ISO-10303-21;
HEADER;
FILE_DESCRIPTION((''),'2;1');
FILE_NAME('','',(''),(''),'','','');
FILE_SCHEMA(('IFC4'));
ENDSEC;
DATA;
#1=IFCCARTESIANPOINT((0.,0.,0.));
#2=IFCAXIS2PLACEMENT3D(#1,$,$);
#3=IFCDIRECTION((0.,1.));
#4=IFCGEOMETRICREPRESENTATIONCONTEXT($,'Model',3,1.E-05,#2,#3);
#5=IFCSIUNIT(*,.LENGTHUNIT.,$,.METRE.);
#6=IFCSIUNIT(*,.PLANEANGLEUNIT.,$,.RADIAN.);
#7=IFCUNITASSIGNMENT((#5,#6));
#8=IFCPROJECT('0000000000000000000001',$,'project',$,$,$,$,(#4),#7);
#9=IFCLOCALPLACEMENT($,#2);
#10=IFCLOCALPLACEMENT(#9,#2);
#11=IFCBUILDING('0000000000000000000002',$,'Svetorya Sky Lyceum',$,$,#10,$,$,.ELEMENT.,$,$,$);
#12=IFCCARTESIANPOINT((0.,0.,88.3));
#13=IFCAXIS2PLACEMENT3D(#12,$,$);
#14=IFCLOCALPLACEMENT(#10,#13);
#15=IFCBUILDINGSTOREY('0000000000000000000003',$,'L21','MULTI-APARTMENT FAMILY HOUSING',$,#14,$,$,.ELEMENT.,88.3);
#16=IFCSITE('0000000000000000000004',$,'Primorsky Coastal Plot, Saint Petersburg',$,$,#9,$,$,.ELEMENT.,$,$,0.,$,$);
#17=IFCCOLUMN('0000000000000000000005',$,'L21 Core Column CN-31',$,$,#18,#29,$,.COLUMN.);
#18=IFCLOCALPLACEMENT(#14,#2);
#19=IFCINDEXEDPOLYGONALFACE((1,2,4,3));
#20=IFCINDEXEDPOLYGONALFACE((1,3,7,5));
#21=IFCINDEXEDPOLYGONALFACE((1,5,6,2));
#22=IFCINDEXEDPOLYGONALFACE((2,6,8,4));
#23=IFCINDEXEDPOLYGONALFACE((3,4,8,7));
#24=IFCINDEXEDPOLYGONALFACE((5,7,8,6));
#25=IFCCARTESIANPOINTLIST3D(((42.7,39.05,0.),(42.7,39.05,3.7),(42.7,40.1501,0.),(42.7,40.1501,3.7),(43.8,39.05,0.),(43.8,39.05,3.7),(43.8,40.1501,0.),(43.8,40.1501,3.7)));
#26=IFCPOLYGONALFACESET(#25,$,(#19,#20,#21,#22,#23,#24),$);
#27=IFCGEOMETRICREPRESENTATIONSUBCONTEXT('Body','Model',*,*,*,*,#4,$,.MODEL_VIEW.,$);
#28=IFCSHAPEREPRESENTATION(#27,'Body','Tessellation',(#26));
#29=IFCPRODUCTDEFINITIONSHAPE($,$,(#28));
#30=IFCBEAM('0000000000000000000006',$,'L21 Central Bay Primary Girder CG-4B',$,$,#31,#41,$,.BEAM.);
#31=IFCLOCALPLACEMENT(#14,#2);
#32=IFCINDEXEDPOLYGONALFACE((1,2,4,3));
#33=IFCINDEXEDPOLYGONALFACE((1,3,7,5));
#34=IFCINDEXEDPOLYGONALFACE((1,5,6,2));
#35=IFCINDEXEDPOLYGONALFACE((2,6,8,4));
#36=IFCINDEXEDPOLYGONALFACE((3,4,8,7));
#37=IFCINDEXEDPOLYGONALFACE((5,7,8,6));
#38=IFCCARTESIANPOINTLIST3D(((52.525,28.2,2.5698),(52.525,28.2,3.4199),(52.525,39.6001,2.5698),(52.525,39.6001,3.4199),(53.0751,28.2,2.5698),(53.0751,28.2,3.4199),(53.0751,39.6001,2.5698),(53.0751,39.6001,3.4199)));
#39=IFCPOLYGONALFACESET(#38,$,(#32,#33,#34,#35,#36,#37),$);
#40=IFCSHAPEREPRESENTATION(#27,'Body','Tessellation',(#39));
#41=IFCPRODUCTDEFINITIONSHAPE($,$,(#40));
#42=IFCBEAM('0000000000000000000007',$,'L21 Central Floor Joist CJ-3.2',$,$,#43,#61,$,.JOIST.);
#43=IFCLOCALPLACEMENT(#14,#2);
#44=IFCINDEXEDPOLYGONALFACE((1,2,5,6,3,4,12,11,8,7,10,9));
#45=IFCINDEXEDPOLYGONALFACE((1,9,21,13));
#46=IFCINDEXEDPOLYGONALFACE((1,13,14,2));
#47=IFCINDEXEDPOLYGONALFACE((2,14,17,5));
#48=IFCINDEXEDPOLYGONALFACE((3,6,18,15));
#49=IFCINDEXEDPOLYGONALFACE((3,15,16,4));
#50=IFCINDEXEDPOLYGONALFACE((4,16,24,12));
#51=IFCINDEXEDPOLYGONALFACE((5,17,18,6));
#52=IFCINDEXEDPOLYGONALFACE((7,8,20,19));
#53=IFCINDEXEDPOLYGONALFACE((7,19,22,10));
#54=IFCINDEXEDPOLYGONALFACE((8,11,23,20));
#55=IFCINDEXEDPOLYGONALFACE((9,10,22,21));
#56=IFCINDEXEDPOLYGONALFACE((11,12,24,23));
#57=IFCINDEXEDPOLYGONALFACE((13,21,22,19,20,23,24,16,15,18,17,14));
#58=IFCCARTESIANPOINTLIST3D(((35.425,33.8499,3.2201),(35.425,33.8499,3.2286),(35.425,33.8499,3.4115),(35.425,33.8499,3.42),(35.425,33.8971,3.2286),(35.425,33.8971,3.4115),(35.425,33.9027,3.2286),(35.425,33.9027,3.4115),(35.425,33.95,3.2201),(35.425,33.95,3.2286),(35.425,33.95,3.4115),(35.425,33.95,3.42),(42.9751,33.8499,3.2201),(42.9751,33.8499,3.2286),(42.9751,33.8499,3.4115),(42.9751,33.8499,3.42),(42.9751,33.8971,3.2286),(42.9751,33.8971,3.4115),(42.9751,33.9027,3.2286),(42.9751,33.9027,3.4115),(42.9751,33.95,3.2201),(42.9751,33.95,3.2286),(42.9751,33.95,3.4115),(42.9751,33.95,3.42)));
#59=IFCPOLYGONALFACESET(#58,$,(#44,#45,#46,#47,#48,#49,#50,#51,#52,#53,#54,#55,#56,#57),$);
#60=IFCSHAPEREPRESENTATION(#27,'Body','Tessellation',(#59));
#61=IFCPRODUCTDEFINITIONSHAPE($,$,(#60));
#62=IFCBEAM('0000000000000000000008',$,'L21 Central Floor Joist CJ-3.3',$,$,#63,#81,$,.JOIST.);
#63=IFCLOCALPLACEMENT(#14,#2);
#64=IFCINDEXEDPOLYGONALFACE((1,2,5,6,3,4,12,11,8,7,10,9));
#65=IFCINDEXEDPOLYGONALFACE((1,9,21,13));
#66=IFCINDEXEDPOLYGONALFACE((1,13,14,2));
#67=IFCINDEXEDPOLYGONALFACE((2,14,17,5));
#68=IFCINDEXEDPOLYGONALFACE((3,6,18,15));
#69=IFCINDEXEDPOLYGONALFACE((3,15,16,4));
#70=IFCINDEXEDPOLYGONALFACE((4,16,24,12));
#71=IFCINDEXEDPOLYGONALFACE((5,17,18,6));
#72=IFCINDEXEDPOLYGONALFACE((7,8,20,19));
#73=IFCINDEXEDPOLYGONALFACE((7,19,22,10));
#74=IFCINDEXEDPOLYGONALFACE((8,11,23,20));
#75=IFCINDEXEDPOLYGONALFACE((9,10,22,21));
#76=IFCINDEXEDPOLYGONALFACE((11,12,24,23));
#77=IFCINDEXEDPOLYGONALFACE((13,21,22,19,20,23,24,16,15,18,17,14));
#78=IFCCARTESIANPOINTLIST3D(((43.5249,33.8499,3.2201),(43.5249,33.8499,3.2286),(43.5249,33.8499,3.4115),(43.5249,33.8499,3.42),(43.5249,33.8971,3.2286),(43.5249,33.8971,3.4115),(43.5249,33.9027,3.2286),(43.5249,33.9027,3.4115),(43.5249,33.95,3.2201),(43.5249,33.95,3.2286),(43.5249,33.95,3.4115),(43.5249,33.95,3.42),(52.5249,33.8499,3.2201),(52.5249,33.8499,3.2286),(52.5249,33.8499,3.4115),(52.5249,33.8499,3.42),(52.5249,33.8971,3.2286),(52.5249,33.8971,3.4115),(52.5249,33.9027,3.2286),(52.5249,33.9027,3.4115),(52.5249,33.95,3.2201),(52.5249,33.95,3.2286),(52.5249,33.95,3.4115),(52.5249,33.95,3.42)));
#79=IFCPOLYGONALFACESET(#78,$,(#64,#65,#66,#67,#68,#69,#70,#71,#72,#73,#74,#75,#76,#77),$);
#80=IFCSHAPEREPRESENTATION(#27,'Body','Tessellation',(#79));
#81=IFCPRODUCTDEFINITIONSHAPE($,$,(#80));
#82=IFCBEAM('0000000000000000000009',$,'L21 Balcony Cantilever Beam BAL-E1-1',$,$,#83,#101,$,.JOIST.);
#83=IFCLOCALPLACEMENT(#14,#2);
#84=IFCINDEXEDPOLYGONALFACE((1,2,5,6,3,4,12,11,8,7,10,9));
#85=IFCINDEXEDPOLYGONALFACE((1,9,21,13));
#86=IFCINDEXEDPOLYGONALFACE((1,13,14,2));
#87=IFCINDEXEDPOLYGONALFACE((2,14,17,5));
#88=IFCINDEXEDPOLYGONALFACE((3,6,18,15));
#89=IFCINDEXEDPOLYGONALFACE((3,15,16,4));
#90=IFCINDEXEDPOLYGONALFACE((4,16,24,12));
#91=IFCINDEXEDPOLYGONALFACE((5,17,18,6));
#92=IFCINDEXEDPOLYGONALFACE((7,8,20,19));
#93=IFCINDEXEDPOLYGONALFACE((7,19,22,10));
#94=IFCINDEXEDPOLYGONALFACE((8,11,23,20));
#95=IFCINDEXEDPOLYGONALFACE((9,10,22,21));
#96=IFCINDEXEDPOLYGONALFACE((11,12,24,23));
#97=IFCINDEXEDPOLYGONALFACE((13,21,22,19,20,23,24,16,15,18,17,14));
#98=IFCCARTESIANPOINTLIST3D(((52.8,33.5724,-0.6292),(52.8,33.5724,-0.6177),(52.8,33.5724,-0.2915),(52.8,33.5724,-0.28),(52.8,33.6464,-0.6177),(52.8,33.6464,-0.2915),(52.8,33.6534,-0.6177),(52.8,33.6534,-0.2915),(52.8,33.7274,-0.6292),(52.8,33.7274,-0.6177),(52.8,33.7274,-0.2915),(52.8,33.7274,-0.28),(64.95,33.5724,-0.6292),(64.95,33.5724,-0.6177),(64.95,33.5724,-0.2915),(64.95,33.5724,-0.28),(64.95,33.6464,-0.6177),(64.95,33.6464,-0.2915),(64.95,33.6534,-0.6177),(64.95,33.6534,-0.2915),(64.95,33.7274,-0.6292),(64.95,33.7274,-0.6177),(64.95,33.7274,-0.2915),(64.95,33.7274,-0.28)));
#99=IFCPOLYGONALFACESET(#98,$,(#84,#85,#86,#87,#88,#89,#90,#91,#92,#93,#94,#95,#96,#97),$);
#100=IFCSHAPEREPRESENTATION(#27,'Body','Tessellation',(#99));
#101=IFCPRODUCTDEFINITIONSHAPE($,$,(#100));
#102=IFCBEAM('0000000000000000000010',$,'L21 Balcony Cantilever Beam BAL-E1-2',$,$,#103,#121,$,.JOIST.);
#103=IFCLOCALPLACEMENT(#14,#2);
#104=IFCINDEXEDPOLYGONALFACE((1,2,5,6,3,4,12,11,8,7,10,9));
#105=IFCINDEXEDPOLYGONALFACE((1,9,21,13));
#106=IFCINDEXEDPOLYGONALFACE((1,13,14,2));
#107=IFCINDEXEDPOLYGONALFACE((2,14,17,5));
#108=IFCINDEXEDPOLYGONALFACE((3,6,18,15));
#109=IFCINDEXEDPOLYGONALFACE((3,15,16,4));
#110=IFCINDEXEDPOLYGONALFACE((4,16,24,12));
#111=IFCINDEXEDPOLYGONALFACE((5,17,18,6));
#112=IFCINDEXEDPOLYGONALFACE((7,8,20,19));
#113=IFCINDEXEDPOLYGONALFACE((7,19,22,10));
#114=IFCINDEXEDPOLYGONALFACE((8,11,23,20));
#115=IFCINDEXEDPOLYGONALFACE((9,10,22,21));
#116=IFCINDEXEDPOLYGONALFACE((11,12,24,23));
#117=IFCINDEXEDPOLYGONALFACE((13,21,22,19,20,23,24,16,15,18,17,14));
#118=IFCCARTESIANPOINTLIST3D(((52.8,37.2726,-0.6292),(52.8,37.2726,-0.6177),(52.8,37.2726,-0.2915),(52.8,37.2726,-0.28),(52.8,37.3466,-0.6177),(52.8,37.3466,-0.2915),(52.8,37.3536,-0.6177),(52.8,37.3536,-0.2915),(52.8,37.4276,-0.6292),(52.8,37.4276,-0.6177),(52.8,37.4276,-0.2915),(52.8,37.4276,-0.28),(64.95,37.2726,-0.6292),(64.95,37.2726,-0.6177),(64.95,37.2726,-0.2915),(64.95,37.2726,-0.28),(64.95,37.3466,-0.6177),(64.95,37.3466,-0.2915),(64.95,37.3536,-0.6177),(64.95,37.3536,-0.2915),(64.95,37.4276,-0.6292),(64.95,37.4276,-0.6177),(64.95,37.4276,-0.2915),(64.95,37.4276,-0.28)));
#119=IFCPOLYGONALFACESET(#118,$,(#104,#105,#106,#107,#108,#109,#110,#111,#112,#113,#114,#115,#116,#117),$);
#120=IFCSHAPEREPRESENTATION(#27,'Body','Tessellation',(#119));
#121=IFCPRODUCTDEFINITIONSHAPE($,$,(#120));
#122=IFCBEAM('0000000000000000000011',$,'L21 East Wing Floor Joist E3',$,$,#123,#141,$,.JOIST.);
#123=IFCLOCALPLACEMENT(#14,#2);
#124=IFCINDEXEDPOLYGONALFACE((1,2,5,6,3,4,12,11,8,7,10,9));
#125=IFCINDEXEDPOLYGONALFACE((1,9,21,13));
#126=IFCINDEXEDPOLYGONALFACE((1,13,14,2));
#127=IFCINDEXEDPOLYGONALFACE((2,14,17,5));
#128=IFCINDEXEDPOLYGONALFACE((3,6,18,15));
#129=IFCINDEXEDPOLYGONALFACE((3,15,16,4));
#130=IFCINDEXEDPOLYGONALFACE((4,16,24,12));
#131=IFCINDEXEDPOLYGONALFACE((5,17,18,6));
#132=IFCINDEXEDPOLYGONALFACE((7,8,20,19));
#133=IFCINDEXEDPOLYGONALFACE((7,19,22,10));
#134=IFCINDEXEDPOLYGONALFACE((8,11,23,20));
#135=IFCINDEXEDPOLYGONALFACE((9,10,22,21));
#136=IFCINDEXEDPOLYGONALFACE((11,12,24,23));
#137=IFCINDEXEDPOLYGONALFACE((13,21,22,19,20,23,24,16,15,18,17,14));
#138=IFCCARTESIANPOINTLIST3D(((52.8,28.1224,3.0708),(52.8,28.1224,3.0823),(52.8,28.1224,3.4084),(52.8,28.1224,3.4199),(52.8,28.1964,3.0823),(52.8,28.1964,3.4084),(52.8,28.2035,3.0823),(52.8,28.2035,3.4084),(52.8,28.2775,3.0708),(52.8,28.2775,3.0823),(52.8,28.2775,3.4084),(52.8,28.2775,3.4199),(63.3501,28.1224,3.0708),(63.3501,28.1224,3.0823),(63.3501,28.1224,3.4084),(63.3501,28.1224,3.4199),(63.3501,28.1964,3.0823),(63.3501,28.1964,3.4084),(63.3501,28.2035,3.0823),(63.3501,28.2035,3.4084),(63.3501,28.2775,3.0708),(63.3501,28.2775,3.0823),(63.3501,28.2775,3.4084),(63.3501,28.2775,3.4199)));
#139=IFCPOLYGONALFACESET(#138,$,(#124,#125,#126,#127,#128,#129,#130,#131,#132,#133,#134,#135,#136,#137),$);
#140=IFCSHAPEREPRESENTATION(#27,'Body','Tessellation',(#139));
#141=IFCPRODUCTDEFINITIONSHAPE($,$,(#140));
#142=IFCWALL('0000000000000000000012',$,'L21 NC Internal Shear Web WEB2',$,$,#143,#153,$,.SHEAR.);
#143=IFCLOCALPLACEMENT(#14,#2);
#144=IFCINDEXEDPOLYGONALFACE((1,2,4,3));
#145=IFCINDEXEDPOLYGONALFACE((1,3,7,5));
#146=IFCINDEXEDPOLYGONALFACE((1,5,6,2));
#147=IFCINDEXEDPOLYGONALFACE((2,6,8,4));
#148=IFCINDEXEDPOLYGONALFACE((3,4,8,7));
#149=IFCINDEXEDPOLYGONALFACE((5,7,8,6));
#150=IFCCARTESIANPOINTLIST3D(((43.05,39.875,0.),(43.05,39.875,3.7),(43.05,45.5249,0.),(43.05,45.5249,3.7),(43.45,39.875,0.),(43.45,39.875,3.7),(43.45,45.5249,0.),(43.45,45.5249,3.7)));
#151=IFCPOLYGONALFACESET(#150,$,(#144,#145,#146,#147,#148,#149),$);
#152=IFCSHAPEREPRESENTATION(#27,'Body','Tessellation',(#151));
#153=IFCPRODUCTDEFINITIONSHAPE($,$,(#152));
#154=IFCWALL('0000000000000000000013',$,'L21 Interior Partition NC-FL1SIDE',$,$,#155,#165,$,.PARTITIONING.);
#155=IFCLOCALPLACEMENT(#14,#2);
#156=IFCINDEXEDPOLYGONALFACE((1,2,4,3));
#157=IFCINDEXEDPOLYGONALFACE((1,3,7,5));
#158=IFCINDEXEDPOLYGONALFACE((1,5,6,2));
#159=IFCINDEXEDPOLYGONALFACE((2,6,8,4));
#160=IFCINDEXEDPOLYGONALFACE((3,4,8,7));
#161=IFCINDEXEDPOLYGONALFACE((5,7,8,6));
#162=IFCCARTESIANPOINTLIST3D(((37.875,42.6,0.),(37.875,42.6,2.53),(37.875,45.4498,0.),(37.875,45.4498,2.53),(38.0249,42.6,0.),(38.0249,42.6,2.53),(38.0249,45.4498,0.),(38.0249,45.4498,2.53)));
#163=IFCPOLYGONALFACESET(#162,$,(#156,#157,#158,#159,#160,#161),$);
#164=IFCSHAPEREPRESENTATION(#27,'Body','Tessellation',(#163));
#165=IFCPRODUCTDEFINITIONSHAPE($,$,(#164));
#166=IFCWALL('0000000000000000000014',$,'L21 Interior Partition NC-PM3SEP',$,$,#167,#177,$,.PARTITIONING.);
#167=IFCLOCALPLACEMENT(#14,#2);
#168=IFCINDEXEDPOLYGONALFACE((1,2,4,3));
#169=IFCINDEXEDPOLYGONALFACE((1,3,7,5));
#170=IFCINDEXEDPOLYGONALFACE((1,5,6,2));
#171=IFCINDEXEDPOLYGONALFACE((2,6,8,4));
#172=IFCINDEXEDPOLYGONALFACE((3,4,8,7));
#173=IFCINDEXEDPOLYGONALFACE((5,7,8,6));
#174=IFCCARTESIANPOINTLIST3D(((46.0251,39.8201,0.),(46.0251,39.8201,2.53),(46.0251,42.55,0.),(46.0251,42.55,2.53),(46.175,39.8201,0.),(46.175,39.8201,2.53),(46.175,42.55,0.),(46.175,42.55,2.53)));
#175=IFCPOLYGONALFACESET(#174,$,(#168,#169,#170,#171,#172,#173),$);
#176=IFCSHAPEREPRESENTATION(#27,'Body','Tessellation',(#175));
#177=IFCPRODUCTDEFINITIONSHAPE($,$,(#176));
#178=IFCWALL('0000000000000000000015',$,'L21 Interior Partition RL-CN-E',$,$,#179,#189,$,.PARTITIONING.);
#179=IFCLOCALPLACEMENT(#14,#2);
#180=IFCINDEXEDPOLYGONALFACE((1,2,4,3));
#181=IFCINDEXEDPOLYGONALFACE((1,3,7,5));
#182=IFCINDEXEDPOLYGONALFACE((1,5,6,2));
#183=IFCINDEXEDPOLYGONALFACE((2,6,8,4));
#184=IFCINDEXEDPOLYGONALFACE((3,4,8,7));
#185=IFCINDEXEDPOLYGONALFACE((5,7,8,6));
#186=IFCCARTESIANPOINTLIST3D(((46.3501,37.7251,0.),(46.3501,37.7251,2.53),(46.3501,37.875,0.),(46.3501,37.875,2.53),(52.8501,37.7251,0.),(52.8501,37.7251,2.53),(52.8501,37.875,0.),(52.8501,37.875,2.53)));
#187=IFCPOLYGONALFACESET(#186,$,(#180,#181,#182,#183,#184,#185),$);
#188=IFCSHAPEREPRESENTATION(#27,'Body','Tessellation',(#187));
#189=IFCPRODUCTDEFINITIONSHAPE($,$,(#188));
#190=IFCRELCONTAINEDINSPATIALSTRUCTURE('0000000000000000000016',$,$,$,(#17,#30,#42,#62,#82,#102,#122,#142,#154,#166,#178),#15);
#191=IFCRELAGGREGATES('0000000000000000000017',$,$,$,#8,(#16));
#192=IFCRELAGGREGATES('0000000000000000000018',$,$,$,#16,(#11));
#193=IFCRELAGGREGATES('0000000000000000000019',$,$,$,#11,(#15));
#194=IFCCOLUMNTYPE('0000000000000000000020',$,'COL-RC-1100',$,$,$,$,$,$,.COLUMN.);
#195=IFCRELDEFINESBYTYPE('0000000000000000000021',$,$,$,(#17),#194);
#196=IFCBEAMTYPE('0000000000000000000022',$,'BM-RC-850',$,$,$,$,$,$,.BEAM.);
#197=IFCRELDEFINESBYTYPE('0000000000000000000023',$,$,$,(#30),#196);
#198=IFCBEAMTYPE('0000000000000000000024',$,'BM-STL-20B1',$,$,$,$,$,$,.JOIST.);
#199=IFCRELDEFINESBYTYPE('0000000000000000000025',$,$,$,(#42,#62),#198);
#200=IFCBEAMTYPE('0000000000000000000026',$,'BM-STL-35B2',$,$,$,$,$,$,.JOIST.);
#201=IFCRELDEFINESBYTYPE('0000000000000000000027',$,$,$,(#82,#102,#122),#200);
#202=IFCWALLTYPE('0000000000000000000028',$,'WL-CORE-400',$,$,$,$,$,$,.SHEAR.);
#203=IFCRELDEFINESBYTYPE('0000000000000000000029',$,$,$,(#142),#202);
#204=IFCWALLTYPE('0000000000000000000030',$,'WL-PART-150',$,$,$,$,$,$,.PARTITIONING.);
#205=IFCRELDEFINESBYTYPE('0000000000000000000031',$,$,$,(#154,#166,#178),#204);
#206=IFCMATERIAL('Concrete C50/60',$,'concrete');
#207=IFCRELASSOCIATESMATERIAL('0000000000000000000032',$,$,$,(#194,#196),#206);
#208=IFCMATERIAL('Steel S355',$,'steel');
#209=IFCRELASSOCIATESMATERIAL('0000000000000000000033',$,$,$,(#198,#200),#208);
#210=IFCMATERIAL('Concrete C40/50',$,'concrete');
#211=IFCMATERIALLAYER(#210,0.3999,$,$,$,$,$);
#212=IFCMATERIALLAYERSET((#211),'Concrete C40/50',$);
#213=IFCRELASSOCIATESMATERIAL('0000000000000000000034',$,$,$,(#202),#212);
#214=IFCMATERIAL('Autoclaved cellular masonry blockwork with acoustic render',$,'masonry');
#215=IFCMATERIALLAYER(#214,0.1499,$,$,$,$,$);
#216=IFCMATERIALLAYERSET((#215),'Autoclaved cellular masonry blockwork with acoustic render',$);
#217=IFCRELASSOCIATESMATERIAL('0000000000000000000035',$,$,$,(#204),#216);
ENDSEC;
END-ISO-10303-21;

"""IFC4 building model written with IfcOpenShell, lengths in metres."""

from ifc_helpers import new_model, si_unit, direction, frame, frame_2d, origin, origin_2d, place, context, subcontext, project, spatial, rectangle, i_section, extrude, material, layer, layer_set, material_profile, profile_set, type_object, element, save


model = new_model("IFC4")

# Units and contexts
model_context = context("Model", 3, precision=1e-05, world=origin(), true_north=direction((0.0, 1.0)))
body_context = subcontext(model_context, "Body", "Model", "MODEL_VIEW")
ifc_project = project(units=[si_unit("LENGTHUNIT", "METRE"), si_unit("PLANEANGLEUNIT", "RADIAN")], contexts=[model_context])

# Site, building, storey
site_placement = place(None, origin())
site = spatial("IfcSite", under=ifc_project, at=site_placement, Name="Primorsky Coastal Plot, Saint Petersburg", CompositionType="ELEMENT", RefElevation=0.0)
building_placement = place(site_placement, origin())
building = spatial("IfcBuilding", under=site, at=building_placement, Name="Svetorya Sky Lyceum", CompositionType="ELEMENT")
storey_placement = place(building_placement, frame((0.0, 0.0, 88.3)))
storey = spatial("IfcBuildingStorey", under=building, at=storey_placement, Name="L21", Description="MULTI-APARTMENT FAMILY HOUSING", CompositionType="ELEMENT", Elevation=88.3)

# Column
ifc_material_1 = material(Name="Concrete C50/60", Category="concrete")
ifc_material_profile_1 = material_profile(ifc_material_1, rectangle(XDim=1.1001, YDim=1.1001, at=origin_2d()), Name="RC COL 1100x1100")
ifc_profile_set_1 = profile_set([ifc_material_profile_1], Name="Concrete C50/60")
column_type = type_object("IfcColumnType", Name="COL-RC-1100", PredefinedType="COLUMN", material=ifc_profile_set_1)
column_placement = place(storey_placement, frame((43.25, 39.6001, 0.0), z_axis=(0.0, 0.0, 1.0), x_axis=(1.0, 0.0, 0.0)))
element("IfcColumn", 1, at=column_placement, inside=storey, type_object=column_type, Name="L21 Core Column CN-31", PredefinedType="COLUMN", context=body_context, shape_type="SweptSolid", body=[
    extrude(rectangle(XDim=1.1001, YDim=1.1001, at=origin_2d()), origin(), (0.0, 0.0, 1.0), 3.7),
])

# Beams
ifc_material_profile_2 = material_profile(ifc_material_1, rectangle(XDim=0.55, YDim=0.8501, at=origin_2d()), Name="RC BEAM 550x850")
ifc_profile_set_2 = profile_set([ifc_material_profile_2], Name="Concrete C50/60")
beam_type_1 = type_object("IfcBeamType", Name="BM-RC-850", PredefinedType="BEAM", material=ifc_profile_set_2)
beam_1_placement = place(storey_placement, frame((52.8, 28.2, 2.9949), z_axis=(0.0, 1.0, 0.0), x_axis=(-1.0, 0.0, 0.0)))
element("IfcBeam", 2, at=beam_1_placement, inside=storey, type_object=beam_type_1, Name="L21 Central Bay Primary Girder CG-4B", PredefinedType="BEAM", context=body_context, shape_type="SweptSolid", body=[
    extrude(rectangle(XDim=0.55, YDim=0.8501, at=origin_2d()), origin(), (0.0, 0.0, 1.0), 11.4001),
])
ifc_material_2 = material(Name="Steel S355", Category="steel")
ifc_material_profile_3 = material_profile(ifc_material_2, i_section(OverallWidth=0.1001, OverallDepth=0.2, WebThickness=0.0056, FlangeThickness=0.0085, at=origin_2d()), Name="GOST 20B1")
ifc_profile_set_3 = profile_set([ifc_material_profile_3], Name="Steel S355")
beam_type_2 = type_object("IfcBeamType", Name="BM-STL-20B1", PredefinedType="JOIST", material=ifc_profile_set_3)
beam_2_placement = place(storey_placement, frame((35.425, 33.8999, 3.3201), z_axis=(1.0, 0.0, 0.0), x_axis=(0.0, 1.0, 0.0)))
element("IfcBeam", 3, at=beam_2_placement, inside=storey, type_object=beam_type_2, Name="L21 Central Floor Joist CJ-3.2", PredefinedType="JOIST", context=body_context, shape_type="SweptSolid", body=[
    extrude(i_section(OverallWidth=0.1001, OverallDepth=0.2, WebThickness=0.0056, FlangeThickness=0.0085, at=origin_2d()), origin(), (0.0, 0.0, 1.0), 7.55),
])
beam_3_placement = place(storey_placement, frame((43.5249, 33.8999, 3.3201), z_axis=(1.0, 0.0, 0.0), x_axis=(0.0, 1.0, 0.0)))
element("IfcBeam", 4, at=beam_3_placement, inside=storey, type_object=beam_type_2, Name="L21 Central Floor Joist CJ-3.3", PredefinedType="JOIST", context=body_context, shape_type="SweptSolid", body=[
    extrude(i_section(OverallWidth=0.1001, OverallDepth=0.2, WebThickness=0.0056, FlangeThickness=0.0085, at=origin_2d()), origin(), (0.0, 0.0, 1.0), 9.0),
])
ifc_material_profile_4 = material_profile(ifc_material_2, i_section(OverallWidth=0.155, OverallDepth=0.3491, WebThickness=0.0071, FlangeThickness=0.0115, at=origin_2d()), Name="GOST 35B2")
ifc_profile_set_4 = profile_set([ifc_material_profile_4], Name="Steel S355")
beam_type_3 = type_object("IfcBeamType", Name="BM-STL-35B2", PredefinedType="JOIST", material=ifc_profile_set_4)
for number, where, z_axis, x_axis, name in (
    (5, (52.8, 33.6499, -0.4546), (1.0, 0.0, 0.0), (0.0, 1.0, 0.0), "L21 Balcony Cantilever Beam BAL-E1-1"),
    (6, (52.8, 37.3501, -0.4546), (1.0, 0.0, 0.0), (0.0, 1.0, 0.0), "L21 Balcony Cantilever Beam BAL-E1-2"),
):
    element("IfcBeam", number, at=place(storey_placement, frame(where, z_axis=z_axis, x_axis=x_axis)), inside=storey, type_object=beam_type_3, Name=name, PredefinedType="JOIST", context=body_context, shape_type="SweptSolid", body=[
        extrude(i_section(OverallWidth=0.155, OverallDepth=0.3491, WebThickness=0.0071, FlangeThickness=0.0115, at=origin_2d()), origin(), (0.0, 0.0, 1.0), 12.1499),
    ])
beam_4_placement = place(storey_placement, frame((52.8, 28.2, 3.2454), z_axis=(1.0, 0.0, 0.0), x_axis=(0.0, 1.0, 0.0)))
element("IfcBeam", 7, at=beam_4_placement, inside=storey, type_object=beam_type_3, Name="L21 East Wing Floor Joist E3", PredefinedType="JOIST", context=body_context, shape_type="SweptSolid", body=[
    extrude(i_section(OverallWidth=0.155, OverallDepth=0.3491, WebThickness=0.0071, FlangeThickness=0.0115, at=origin_2d()), origin(), (0.0, 0.0, 1.0), 10.55),
])

# Wall
ifc_material_3 = material(Name="Concrete C40/50", Category="concrete")
ifc_layer_1 = layer(ifc_material_3, 0.3999)
ifc_layer_set_1 = layer_set([ifc_layer_1], Name="Concrete C40/50")
wall_type_1 = type_object("IfcWallType", Name="WL-CORE-400", PredefinedType="SHEAR", material=ifc_layer_set_1)
wall_1_placement = place(storey_placement, frame((43.25, 39.875, 0.0), z_axis=(0.0, 0.0, 1.0), x_axis=(0.0, 1.0, 0.0)))
element("IfcWall", 8, at=wall_1_placement, inside=storey, type_object=wall_type_1, Name="L21 NC Internal Shear Web WEB2", PredefinedType="SHEAR", context=body_context, shape_type="SweptSolid", body=[
    extrude(rectangle(XDim=5.6499, YDim=0.3999, at=frame_2d((2.825, 0.0))), origin(), (0.0, 0.0, 1.0), 3.7),
])

# Walls
ifc_material_4 = material(Name="Autoclaved cellular masonry blockwork with acoustic render", Category="masonry")
ifc_layer_2 = layer(ifc_material_4, 0.1499)
ifc_layer_set_2 = layer_set([ifc_layer_2], Name="Autoclaved cellular masonry blockwork with acoustic render")
wall_type_2 = type_object("IfcWallType", Name="WL-PART-150", PredefinedType="PARTITIONING", material=ifc_layer_set_2)
wall_2_placement = place(storey_placement, frame((37.95, 42.6001, 0.0), z_axis=(0.0, 0.0, 1.0), x_axis=(0.0, 1.0, 0.0)))
element("IfcWall", 9, at=wall_2_placement, inside=storey, type_object=wall_type_2, Name="L21 Interior Partition NC-FL1SIDE", PredefinedType="PARTITIONING", context=body_context, shape_type="SweptSolid", body=[
    extrude(rectangle(XDim=2.8499, YDim=0.1499, at=frame_2d((1.4248, 0.0))), origin(), (0.0, 0.0, 1.0), 2.53),
])
wall_3_placement = place(storey_placement, frame((46.1001, 39.8201, 0.0), z_axis=(0.0, 0.0, 1.0), x_axis=(0.0, 1.0, 0.0)))
element("IfcWall", 10, at=wall_3_placement, inside=storey, type_object=wall_type_2, Name="L21 Interior Partition NC-PM3SEP", PredefinedType="PARTITIONING", context=body_context, shape_type="SweptSolid", body=[
    extrude(rectangle(XDim=2.73, YDim=0.1499, at=frame_2d((1.365, 0.0))), origin(), (0.0, 0.0, 1.0), 2.53),
])
wall_4_placement = place(storey_placement, frame((46.3501, 37.8, 0.0), z_axis=(0.0, 0.0, 1.0), x_axis=(1.0, 0.0, 0.0)))
element("IfcWall", 11, at=wall_4_placement, inside=storey, type_object=wall_type_2, Name="L21 Interior Partition RL-CN-E", PredefinedType="PARTITIONING", context=body_context, shape_type="SweptSolid", body=[
    extrude(rectangle(XDim=6.5, YDim=0.1499, at=frame_2d((3.25, 0.0))), origin(), (0.0, 0.0, 1.0), 2.53),
])

save(model, "model.ifc")
